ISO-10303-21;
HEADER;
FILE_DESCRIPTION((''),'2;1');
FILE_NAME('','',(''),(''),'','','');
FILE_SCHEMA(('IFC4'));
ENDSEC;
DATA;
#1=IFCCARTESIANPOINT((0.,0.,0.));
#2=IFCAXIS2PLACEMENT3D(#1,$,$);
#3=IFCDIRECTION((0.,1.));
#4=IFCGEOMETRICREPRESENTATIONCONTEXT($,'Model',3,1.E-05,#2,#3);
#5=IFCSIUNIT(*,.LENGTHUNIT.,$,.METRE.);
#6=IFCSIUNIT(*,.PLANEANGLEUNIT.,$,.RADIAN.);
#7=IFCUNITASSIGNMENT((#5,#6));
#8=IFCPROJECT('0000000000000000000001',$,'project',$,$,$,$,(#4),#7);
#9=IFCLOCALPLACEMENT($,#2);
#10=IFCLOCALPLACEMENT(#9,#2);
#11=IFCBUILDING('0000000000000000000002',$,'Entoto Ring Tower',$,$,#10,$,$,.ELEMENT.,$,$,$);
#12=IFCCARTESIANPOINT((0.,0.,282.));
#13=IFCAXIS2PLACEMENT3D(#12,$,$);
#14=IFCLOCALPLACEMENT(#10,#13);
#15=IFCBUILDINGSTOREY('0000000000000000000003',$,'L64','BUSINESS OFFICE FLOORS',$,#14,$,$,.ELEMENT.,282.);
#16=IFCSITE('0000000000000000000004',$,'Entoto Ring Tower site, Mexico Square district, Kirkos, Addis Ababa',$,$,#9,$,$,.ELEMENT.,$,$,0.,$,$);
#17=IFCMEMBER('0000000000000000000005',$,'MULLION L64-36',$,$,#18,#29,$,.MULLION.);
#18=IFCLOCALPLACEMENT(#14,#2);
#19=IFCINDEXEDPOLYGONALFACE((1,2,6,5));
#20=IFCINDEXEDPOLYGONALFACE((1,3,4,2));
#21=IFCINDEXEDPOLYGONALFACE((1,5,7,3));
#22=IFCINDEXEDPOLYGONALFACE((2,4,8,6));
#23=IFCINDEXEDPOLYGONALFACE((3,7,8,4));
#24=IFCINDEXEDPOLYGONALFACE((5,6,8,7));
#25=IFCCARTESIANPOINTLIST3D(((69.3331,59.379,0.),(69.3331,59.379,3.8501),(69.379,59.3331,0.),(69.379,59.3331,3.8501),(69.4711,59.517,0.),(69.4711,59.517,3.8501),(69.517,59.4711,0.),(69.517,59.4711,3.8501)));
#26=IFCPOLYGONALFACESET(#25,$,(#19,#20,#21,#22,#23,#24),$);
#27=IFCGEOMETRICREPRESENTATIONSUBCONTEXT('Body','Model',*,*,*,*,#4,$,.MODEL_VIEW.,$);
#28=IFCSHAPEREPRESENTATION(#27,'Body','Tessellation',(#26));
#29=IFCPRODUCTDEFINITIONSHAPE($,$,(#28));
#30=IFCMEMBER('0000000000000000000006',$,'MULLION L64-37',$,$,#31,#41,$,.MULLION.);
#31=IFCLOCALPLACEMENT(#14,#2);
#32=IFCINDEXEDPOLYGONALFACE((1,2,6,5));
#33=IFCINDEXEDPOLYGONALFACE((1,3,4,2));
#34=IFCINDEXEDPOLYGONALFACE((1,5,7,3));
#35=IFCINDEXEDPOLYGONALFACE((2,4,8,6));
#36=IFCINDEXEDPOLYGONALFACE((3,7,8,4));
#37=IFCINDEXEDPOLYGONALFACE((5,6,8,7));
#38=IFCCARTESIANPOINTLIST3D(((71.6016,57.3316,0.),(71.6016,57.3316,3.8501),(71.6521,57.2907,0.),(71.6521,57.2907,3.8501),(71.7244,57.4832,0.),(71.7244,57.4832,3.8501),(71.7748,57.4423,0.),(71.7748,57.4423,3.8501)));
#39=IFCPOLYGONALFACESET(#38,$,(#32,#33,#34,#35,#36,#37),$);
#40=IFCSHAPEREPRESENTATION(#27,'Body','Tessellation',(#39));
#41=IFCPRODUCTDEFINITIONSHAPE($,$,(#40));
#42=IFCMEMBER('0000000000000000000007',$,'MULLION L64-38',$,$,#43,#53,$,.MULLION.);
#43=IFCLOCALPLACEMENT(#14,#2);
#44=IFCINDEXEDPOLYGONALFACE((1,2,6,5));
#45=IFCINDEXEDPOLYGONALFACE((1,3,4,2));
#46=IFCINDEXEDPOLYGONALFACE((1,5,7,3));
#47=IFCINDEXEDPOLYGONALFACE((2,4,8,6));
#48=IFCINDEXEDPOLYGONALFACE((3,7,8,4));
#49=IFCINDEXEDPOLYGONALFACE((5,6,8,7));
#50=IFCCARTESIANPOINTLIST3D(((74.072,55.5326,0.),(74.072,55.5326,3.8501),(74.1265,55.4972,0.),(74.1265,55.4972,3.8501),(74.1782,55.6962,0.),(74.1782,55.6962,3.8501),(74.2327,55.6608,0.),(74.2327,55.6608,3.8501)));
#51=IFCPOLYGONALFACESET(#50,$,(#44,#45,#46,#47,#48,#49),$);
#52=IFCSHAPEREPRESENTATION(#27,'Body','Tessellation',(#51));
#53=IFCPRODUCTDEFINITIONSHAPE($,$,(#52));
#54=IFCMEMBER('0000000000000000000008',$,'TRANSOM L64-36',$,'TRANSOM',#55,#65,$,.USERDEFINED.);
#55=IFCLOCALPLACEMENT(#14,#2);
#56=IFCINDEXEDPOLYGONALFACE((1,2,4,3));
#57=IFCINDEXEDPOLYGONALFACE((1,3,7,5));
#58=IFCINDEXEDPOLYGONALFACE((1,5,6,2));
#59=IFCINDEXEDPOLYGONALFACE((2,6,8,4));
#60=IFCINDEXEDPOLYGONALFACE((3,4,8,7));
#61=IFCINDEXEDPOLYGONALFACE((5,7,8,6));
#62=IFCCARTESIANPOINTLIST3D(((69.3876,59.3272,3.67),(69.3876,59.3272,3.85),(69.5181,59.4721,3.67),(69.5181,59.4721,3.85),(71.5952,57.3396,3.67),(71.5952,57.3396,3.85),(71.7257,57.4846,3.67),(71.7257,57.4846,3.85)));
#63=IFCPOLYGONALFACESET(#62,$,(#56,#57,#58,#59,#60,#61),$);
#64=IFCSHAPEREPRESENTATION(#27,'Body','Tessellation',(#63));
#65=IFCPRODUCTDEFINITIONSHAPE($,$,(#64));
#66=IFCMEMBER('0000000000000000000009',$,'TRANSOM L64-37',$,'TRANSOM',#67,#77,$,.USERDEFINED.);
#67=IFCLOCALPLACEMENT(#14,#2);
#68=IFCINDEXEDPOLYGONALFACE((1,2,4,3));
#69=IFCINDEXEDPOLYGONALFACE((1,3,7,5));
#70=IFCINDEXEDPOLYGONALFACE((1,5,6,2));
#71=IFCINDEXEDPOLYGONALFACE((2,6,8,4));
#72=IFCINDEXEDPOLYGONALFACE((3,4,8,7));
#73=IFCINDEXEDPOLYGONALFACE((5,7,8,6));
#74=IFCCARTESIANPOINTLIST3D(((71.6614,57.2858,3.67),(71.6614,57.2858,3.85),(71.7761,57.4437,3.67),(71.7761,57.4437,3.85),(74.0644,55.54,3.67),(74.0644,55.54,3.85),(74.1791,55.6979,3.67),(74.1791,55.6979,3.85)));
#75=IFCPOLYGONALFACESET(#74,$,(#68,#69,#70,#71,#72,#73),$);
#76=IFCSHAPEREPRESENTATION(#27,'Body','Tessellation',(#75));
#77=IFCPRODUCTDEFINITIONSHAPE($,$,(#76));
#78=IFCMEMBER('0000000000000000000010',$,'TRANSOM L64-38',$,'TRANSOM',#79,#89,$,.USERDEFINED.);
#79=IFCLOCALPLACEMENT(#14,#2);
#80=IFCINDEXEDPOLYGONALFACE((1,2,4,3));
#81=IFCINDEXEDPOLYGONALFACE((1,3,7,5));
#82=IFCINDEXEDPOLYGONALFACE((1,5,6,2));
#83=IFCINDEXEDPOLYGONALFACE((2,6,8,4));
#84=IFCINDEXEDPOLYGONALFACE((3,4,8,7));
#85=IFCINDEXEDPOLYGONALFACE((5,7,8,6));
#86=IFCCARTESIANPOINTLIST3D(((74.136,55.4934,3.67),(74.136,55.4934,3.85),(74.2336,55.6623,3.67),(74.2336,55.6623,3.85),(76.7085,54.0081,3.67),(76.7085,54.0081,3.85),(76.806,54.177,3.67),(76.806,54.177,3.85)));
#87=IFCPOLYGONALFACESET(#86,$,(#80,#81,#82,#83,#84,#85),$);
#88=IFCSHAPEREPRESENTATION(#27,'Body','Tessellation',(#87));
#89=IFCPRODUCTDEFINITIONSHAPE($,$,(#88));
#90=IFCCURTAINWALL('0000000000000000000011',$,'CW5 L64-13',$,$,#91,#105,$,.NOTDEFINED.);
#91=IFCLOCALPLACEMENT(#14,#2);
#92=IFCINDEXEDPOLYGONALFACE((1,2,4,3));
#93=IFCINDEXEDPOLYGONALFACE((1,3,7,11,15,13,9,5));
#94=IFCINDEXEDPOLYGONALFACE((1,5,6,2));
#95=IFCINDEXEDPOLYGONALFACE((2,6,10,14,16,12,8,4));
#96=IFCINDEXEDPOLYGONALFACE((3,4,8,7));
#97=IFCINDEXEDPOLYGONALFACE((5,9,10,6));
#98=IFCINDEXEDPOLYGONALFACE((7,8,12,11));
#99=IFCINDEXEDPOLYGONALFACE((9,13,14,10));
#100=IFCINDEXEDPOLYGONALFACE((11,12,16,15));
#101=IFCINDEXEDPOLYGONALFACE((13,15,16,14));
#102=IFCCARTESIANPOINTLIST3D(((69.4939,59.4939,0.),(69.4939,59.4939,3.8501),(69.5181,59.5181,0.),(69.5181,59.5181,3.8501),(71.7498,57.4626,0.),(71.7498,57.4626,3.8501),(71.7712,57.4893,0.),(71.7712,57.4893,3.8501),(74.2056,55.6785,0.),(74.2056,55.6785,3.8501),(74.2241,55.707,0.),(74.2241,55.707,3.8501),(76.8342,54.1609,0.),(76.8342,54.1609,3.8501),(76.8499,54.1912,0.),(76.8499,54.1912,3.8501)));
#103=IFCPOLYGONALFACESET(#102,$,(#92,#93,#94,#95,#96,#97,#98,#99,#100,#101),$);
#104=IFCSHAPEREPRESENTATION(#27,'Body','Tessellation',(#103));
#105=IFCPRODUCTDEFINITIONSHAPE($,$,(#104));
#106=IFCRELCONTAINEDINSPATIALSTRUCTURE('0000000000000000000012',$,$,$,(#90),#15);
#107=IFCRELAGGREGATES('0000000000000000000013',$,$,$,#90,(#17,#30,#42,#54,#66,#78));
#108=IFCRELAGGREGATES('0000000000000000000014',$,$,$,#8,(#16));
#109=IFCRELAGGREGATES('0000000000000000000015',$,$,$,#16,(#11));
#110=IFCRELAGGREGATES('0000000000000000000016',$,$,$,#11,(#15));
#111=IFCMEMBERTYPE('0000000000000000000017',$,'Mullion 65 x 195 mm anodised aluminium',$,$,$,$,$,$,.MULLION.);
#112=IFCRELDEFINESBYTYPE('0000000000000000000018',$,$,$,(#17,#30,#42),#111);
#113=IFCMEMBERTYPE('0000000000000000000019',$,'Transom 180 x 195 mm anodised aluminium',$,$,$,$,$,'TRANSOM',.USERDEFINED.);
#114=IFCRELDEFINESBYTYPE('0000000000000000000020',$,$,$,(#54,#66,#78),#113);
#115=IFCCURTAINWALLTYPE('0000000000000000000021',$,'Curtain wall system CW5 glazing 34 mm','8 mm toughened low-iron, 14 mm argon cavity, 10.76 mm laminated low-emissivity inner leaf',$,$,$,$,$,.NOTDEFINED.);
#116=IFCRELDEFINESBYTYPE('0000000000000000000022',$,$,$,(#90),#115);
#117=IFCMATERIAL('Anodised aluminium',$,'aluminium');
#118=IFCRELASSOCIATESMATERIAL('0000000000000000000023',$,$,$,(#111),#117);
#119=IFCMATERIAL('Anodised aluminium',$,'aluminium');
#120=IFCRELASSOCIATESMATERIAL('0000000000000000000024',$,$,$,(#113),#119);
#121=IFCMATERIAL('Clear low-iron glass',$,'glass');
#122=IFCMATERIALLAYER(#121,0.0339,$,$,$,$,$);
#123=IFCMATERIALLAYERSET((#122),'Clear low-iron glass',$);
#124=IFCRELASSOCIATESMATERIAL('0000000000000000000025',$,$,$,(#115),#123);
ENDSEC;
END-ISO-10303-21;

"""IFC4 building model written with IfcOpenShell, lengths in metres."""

from ifc_helpers import new_model, si_unit, direction, frame, origin, origin_2d, place, context, subcontext, project, spatial, polyline, rectangle, outline, extrude, material, layer, layer_set, material_profile, profile_set, type_object, element, aggregate, save


model = new_model("IFC4")

# Units and contexts
model_context = context("Model", 3, precision=1e-05, world=origin(), true_north=direction((0.0, 1.0)))
body_context = subcontext(model_context, "Body", "Model", "MODEL_VIEW")
ifc_project = project(units=[si_unit("LENGTHUNIT", "METRE"), si_unit("PLANEANGLEUNIT", "RADIAN")], contexts=[model_context])

# Members
ifc_material_1 = material(Name="Anodised aluminium", Category="aluminium")
ifc_material_profile_1 = material_profile(ifc_material_1, rectangle(XDim=0.0649, YDim=0.1951, at=origin_2d()), Name="Mullion 65 x 195 mm anodised aluminium")
ifc_profile_set_1 = profile_set([ifc_material_profile_1], Name="Anodised aluminium")
member_type_1 = type_object("IfcMemberType", Name="Mullion 65 x 195 mm anodised aluminium", PredefinedType="MULLION", material=ifc_profile_set_1)
site_placement = place(None, origin())
building_placement = place(site_placement, origin())
storey_placement = place(building_placement, frame((0.0, 0.0, 282.0)))
member_1_placement = place(storey_placement, frame((69.425, 59.425, 0.0), z_axis=(0.0, 0.0, 1.0), x_axis=(0.707107, -0.707107, 0.0)))
member_1 = element("IfcMember", 1, at=member_1_placement, type_object=member_type_1, Name="MULLION L64-36", PredefinedType="MULLION", context=body_context, shape_type="SweptSolid", body=[
    extrude(rectangle(XDim=0.0649, YDim=0.1951, at=origin_2d()), origin(), (0.0, 0.0, 1.0), 3.8501),
])
member_2_placement = place(storey_placement, frame((71.6882, 57.387, 0.0), z_axis=(0.0, 0.0, 1.0), x_axis=(0.777146, -0.62932, 0.0)))
member_2 = element("IfcMember", 2, at=member_2_placement, type_object=member_type_1, Name="MULLION L64-37", PredefinedType="MULLION", context=body_context, shape_type="SweptSolid", body=[
    extrude(rectangle(XDim=0.0649, YDim=0.1951, at=origin_2d()), origin(), (0.0, 0.0, 1.0), 3.8501),
])
member_3_placement = place(storey_placement, frame((74.1523, 55.5967, 0.0), z_axis=(0.0, 0.0, 1.0), x_axis=(0.838671, -0.544639, 0.0)))
member_3 = element("IfcMember", 3, at=member_3_placement, type_object=member_type_1, Name="MULLION L64-38", PredefinedType="MULLION", context=body_context, shape_type="SweptSolid", body=[
    extrude(rectangle(XDim=0.0649, YDim=0.1951, at=origin_2d()), origin(), (0.0, 0.0, 1.0), 3.8501),
])
ifc_material_2 = material(Name="Anodised aluminium", Category="aluminium")
ifc_material_profile_2 = material_profile(ifc_material_2, rectangle(XDim=0.1951, YDim=0.1799, at=origin_2d()), Name="Transom 180 x 195 mm anodised aluminium")
ifc_profile_set_2 = profile_set([ifc_material_profile_2], Name="Anodised aluminium")
member_type_2 = type_object("IfcMemberType", Name="Transom 180 x 195 mm anodised aluminium", ElementType="TRANSOM", PredefinedType="USERDEFINED", material=ifc_profile_set_2)
member_4_placement = place(storey_placement, frame((69.4529, 59.3997, 3.76), z_axis=(0.743163, -0.66911, 0.0), x_axis=(0.66911, 0.743163, 0.0)))
member_4 = element("IfcMember", 4, at=member_4_placement, type_object=member_type_2, Name="TRANSOM L64-36", ObjectType="TRANSOM", PredefinedType="USERDEFINED", context=body_context, shape_type="SweptSolid", body=[
    extrude(rectangle(XDim=0.1951, YDim=0.1799, at=origin_2d()), origin(), (0.0, 0.0, 1.0), 2.9705),
])
member_5_placement = place(storey_placement, frame((71.7188, 57.3647, 3.76), z_axis=(0.809031, -0.587766, 0.0), x_axis=(0.587766, 0.809031, 0.0)))
member_5 = element("IfcMember", 5, at=member_5_placement, type_object=member_type_2, Name="TRANSOM L64-37", ObjectType="TRANSOM", PredefinedType="USERDEFINED", context=body_context, shape_type="SweptSolid", body=[
    extrude(rectangle(XDim=0.1951, YDim=0.1799, at=origin_2d()), origin(), (0.0, 0.0, 1.0), 2.9702),
])
member_6_placement = place(storey_placement, frame((74.1848, 55.5779, 3.76), z_axis=(0.866009, -0.500028, 0.0), x_axis=(0.500028, 0.866009, 0.0)))
member_6 = element("IfcMember", 6, at=member_6_placement, type_object=member_type_2, Name="TRANSOM L64-38", ObjectType="TRANSOM", PredefinedType="USERDEFINED", context=body_context, shape_type="SweptSolid", body=[
    extrude(rectangle(XDim=0.1951, YDim=0.1799, at=origin_2d()), origin(), (0.0, 0.0, 1.0), 2.9705),
])

# Site, building, storey
site = spatial("IfcSite", under=ifc_project, at=site_placement, Name="Entoto Ring Tower site, Mexico Square district, Kirkos, Addis Ababa", CompositionType="ELEMENT", RefElevation=0.0)
building = spatial("IfcBuilding", under=site, at=building_placement, Name="Entoto Ring Tower", CompositionType="ELEMENT")
storey = spatial("IfcBuildingStorey", under=building, at=storey_placement, Name="L64", Description="BUSINESS OFFICE FLOORS", CompositionType="ELEMENT", Elevation=282.0)

# Curtain wall
ifc_material_3 = material(Name="Clear low-iron glass", Category="glass")
ifc_layer = layer(ifc_material_3, 0.0339)
ifc_layer_set = layer_set([ifc_layer], Name="Clear low-iron glass")
curtain_wall_type = type_object("IfcCurtainWallType", Name="Curtain wall system CW5 glazing 34 mm", Description="8 mm toughened low-iron, 14 mm argon cavity, 10.76 mm laminated low-emissivity inner leaf", PredefinedType="NOTDEFINED", material=ifc_layer_set)
curtain_wall_1_placement = place(storey_placement, origin())
curtain_wall_1 = element("IfcCurtainWall", 7, at=curtain_wall_1_placement, inside=storey, type_object=curtain_wall_type, Name="CW5 L64-13", PredefinedType="NOTDEFINED", context=body_context, shape_type="SweptSolid", body=[
    extrude(outline(polyline([(69.4939, 59.4939), (71.7498, 57.4626), (74.2056, 55.6785), (76.8342, 54.1609), (76.8499, 54.1912), (74.2241, 55.707), (71.7712, 57.4893), (69.5181, 59.5181), (69.4939, 59.4939)])), origin(), (0.0, 0.0, 1.0), 3.8501),
])
aggregate(curtain_wall_1, [member_1, member_2, member_3, member_4, member_5, member_6])

save(model, "model.ifc")
